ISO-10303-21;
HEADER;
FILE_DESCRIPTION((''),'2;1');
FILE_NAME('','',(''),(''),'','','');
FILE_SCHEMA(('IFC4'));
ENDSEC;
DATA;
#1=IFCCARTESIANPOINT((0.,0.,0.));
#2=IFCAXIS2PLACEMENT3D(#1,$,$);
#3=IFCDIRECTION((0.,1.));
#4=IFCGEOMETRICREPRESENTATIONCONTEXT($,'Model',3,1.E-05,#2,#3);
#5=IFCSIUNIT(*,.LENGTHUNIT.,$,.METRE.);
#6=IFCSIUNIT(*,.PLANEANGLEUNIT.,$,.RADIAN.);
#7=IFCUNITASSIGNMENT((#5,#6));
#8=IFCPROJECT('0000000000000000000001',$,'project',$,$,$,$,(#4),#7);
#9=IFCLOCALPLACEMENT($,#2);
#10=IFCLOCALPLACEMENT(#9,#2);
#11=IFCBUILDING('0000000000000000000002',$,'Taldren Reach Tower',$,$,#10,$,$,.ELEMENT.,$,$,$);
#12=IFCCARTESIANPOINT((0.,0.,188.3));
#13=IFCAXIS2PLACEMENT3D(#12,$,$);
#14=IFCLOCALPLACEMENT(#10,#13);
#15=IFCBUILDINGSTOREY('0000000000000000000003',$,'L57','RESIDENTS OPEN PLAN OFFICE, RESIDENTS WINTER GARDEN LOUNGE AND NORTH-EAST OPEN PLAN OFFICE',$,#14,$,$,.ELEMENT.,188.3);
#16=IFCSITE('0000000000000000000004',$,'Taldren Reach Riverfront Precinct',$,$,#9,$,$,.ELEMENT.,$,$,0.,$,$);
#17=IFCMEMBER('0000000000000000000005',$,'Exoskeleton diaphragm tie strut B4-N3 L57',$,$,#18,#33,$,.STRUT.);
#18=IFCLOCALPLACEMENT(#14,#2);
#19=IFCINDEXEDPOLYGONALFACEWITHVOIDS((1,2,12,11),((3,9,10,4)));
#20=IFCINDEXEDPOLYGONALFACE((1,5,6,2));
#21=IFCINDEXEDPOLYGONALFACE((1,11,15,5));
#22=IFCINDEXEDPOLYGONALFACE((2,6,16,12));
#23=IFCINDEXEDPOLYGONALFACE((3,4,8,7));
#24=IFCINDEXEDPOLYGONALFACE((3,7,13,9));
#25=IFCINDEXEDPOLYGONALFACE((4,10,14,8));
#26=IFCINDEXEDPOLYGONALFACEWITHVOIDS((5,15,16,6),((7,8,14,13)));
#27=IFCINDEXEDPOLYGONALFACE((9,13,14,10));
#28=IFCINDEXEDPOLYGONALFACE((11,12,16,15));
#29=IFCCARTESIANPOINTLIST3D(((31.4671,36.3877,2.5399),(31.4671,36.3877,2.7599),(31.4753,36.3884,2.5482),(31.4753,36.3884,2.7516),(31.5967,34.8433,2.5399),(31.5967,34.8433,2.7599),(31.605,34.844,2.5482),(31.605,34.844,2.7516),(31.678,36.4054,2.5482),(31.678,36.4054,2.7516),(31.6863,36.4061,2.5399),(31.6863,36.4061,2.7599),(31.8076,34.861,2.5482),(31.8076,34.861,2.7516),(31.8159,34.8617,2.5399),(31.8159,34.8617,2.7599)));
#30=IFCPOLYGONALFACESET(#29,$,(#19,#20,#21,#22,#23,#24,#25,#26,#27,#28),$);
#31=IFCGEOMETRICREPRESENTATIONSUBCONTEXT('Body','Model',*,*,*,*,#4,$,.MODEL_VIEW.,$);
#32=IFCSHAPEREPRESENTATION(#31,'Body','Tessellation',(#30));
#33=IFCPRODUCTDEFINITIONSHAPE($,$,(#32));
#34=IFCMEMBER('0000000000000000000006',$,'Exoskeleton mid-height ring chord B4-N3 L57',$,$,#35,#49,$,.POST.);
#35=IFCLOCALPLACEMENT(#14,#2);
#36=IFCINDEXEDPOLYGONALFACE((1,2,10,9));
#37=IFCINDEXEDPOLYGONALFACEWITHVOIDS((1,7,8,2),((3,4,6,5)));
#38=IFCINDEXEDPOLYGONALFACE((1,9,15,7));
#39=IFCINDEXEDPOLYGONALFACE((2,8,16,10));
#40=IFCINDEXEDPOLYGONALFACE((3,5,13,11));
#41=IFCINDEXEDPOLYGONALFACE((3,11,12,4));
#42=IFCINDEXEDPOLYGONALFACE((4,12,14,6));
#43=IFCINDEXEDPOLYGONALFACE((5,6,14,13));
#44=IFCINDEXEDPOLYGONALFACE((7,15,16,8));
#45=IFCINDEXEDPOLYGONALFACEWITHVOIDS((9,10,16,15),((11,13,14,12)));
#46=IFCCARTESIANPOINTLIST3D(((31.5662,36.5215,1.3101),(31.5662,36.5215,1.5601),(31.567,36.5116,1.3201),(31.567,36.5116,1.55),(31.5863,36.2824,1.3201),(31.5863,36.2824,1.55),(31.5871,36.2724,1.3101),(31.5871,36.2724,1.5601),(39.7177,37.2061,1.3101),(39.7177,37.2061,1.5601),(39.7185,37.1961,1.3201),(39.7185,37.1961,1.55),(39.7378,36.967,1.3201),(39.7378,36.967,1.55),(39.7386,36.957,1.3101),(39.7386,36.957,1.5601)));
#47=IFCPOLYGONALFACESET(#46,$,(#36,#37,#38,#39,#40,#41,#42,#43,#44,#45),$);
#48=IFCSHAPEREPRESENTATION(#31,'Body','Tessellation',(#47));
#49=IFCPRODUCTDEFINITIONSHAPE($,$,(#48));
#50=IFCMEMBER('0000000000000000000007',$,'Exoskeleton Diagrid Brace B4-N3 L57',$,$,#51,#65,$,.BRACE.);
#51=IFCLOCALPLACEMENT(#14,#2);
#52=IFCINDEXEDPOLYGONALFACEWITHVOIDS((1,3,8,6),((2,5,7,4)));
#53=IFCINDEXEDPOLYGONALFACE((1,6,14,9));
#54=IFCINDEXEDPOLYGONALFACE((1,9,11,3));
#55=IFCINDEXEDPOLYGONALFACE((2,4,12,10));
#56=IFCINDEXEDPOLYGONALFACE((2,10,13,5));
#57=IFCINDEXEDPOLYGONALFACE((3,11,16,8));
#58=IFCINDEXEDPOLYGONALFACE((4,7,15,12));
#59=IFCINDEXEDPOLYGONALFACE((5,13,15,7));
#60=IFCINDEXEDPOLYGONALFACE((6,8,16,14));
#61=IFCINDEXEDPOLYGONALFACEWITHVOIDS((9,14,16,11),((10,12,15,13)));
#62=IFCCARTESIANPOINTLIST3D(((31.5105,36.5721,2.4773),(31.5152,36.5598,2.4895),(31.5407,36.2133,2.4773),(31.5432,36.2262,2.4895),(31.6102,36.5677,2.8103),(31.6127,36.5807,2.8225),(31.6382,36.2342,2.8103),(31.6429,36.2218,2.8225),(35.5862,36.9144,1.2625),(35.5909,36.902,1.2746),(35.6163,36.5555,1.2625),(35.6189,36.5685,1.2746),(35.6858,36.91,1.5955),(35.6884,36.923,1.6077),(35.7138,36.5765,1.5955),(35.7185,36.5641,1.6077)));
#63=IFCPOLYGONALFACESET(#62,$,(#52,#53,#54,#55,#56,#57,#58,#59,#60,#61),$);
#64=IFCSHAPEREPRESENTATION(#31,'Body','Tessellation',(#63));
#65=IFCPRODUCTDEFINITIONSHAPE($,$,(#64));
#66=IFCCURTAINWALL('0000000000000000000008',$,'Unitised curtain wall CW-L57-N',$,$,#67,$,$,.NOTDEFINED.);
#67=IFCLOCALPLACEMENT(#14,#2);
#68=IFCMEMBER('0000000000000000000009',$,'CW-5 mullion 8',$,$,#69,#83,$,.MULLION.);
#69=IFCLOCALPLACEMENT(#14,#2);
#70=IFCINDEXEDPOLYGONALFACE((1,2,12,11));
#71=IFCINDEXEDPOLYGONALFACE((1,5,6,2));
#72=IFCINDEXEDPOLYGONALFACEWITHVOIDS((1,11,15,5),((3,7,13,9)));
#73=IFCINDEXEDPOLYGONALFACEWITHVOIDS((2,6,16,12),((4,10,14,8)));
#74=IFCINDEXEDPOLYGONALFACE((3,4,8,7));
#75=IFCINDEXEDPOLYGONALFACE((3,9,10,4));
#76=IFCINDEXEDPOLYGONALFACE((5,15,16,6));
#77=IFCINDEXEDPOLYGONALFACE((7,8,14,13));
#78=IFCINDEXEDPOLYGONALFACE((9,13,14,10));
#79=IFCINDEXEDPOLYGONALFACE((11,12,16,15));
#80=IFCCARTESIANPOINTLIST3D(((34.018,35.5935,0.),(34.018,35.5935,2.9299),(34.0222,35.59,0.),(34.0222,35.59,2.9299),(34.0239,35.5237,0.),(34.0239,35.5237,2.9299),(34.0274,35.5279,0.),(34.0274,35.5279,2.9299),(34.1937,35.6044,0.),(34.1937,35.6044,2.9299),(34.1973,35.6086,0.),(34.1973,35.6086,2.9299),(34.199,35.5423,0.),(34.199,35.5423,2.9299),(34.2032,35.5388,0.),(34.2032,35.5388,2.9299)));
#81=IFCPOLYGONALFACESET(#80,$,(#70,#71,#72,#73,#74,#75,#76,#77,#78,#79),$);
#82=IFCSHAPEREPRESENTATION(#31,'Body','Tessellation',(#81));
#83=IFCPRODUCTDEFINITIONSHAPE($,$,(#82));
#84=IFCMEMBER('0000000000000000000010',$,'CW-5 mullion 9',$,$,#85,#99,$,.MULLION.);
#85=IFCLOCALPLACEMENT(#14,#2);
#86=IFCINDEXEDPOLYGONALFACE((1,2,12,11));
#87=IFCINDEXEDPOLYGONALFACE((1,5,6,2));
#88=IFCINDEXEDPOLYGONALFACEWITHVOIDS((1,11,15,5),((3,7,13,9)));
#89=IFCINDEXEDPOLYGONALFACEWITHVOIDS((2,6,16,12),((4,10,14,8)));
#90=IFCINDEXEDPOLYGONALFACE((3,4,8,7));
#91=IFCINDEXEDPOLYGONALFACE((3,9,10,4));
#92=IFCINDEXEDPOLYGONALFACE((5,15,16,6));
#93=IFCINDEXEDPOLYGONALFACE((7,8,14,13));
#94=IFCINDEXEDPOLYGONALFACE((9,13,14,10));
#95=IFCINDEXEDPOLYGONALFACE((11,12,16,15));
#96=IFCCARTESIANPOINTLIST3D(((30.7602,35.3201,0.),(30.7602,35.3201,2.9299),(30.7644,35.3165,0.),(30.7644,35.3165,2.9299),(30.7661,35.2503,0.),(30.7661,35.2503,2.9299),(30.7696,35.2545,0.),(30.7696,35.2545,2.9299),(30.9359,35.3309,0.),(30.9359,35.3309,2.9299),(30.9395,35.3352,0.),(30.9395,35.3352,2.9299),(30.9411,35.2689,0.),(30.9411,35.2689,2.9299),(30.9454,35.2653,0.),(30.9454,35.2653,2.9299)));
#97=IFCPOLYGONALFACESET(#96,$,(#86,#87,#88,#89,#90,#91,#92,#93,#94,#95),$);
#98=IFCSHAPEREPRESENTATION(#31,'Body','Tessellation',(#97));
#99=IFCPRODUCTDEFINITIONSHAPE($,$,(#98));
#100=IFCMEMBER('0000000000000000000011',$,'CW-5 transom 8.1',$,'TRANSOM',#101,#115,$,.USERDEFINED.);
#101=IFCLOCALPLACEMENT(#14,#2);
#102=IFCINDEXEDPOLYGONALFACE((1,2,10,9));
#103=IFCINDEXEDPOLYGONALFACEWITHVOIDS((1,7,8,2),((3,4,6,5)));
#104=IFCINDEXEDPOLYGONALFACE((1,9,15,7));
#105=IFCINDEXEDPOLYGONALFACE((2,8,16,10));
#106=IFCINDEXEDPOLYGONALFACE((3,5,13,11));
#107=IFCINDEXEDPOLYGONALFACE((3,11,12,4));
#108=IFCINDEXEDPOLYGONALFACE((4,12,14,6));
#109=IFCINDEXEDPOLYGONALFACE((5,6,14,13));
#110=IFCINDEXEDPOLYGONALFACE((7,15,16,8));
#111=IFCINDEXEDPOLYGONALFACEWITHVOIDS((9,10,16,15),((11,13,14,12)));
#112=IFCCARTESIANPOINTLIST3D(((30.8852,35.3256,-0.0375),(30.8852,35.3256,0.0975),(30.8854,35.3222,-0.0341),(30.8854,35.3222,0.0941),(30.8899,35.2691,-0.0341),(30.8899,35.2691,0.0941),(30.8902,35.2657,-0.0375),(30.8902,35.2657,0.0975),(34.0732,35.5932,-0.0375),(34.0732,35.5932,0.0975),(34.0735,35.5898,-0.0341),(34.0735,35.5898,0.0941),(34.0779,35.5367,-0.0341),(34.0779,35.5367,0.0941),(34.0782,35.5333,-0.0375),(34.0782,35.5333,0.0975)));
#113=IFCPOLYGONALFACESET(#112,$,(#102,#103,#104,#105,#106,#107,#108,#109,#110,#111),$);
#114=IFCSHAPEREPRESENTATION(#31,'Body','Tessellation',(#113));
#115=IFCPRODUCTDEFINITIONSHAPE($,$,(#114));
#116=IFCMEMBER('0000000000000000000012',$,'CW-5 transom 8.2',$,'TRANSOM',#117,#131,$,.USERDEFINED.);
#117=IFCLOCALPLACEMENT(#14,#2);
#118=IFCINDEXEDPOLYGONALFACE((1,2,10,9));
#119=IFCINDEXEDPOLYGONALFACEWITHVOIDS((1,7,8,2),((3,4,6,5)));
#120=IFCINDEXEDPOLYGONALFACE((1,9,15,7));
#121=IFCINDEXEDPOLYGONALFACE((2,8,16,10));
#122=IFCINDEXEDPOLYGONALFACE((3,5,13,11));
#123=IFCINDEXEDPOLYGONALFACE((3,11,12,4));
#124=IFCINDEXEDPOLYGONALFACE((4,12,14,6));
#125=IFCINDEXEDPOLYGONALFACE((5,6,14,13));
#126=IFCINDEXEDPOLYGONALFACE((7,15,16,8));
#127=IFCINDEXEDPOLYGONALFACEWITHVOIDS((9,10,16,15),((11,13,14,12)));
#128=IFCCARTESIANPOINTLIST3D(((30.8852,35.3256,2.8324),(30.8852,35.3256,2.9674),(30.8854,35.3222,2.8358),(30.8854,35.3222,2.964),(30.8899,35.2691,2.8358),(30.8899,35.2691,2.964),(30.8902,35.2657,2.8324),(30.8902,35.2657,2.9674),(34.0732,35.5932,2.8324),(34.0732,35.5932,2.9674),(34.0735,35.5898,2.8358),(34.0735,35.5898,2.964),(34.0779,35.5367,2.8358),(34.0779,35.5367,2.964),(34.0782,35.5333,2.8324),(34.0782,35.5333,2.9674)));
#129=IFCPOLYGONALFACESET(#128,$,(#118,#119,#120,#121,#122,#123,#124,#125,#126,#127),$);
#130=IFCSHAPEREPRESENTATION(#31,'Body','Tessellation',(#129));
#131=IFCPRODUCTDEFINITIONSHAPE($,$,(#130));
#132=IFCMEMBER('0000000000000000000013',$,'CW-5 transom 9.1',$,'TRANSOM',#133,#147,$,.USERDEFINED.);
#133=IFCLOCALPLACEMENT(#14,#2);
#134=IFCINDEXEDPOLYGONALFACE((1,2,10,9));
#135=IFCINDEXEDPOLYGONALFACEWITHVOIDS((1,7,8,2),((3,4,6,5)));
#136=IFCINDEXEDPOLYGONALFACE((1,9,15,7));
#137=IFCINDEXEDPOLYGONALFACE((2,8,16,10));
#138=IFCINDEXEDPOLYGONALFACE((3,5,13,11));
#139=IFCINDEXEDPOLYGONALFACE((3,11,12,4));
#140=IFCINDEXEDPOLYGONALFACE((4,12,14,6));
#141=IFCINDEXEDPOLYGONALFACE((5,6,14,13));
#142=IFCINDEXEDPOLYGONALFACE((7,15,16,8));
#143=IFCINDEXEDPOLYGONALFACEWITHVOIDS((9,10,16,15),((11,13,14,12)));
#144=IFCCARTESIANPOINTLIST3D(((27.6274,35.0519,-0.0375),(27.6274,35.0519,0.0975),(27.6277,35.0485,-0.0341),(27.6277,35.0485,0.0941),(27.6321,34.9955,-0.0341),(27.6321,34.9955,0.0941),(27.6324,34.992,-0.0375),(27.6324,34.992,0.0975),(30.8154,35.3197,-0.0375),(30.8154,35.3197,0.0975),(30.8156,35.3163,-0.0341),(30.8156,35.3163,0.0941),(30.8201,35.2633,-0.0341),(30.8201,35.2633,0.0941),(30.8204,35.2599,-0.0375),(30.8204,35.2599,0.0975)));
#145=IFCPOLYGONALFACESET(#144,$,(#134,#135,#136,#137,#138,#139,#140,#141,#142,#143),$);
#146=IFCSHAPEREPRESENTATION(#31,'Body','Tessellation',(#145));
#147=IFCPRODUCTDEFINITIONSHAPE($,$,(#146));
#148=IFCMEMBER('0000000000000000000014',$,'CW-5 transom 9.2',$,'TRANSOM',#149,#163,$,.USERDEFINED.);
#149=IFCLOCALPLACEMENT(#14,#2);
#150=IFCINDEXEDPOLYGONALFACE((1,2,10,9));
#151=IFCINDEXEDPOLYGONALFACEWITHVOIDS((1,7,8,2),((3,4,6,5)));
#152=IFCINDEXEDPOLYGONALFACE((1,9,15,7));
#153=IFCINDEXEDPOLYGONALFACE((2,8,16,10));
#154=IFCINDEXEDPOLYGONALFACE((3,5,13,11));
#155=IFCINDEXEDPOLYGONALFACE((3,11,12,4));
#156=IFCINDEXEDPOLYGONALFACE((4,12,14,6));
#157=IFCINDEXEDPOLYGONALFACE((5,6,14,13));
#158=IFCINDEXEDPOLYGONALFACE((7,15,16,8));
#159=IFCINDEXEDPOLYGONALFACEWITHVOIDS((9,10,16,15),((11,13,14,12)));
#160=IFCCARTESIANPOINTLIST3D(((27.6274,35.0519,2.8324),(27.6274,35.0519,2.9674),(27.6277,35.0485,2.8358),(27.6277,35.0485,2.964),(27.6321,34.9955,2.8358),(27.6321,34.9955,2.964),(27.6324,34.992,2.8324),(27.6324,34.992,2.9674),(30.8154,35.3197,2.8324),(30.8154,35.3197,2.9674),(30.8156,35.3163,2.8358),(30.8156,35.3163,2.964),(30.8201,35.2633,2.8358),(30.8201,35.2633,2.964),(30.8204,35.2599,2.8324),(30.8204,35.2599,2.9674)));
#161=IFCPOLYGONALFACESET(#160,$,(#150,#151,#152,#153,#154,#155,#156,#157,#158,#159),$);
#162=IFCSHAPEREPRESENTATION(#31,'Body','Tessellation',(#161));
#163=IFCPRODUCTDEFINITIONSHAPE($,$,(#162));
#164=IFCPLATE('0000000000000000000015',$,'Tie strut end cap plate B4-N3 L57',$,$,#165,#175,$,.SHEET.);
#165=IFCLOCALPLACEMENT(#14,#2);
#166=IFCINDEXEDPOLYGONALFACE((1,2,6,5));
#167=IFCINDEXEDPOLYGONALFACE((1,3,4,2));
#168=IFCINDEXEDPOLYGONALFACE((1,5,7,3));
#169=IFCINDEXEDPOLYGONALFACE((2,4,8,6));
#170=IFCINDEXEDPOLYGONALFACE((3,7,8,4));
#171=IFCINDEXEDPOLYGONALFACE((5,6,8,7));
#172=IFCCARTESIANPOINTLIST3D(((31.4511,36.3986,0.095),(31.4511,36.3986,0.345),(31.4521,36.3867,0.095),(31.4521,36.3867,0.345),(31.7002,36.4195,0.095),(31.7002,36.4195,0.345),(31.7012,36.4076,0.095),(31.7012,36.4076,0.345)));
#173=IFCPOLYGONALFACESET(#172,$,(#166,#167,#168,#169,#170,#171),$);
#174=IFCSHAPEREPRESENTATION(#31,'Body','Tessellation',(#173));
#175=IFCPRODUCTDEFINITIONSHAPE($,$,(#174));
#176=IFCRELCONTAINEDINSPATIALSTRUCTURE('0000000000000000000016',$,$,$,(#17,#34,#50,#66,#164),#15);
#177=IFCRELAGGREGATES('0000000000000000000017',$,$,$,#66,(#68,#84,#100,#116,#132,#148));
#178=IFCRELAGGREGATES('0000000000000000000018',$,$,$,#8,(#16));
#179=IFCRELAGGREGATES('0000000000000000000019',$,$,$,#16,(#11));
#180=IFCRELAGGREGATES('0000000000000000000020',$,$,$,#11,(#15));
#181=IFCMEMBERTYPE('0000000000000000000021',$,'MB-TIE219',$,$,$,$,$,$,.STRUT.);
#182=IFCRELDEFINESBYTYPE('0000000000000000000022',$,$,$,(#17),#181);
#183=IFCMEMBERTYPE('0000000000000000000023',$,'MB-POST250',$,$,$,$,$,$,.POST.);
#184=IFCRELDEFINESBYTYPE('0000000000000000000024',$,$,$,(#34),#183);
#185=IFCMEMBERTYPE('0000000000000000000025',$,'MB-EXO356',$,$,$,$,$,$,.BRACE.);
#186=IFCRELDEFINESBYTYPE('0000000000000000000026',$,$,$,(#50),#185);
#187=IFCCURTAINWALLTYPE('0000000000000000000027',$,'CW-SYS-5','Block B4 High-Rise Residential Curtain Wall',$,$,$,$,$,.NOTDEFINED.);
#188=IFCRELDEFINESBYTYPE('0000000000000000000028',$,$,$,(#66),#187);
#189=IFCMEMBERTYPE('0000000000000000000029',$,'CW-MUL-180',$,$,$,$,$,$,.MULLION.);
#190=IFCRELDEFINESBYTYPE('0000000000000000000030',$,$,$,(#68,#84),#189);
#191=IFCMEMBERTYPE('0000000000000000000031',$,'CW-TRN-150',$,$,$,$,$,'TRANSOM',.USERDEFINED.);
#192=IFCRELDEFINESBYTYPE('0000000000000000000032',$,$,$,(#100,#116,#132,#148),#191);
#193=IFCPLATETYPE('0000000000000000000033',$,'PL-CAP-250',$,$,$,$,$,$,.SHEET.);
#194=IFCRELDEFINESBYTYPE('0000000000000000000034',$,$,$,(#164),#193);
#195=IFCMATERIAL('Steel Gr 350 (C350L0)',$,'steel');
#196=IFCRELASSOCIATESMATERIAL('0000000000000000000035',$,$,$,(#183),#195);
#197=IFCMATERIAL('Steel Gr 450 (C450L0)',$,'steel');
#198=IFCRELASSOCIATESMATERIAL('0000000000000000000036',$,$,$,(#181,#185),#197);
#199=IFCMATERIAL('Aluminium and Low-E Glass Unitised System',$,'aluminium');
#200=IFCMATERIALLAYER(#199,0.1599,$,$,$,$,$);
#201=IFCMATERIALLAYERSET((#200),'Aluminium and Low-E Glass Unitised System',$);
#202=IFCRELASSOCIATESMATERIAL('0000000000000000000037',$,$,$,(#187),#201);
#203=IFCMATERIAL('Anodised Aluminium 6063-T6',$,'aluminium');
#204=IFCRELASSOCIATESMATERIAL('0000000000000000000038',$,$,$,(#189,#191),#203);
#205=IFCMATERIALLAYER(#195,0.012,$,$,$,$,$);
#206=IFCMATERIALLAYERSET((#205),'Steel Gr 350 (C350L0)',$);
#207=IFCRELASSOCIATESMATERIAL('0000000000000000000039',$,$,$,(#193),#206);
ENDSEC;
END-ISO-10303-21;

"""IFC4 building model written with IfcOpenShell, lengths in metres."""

from ifc_helpers import new_model, si_unit, direction, frame, origin, origin_2d, place, context, subcontext, project, spatial, rectangle, hollow_rectangle, extrude, source, transform, mapped, material, layer, layer_set, material_profile, profile_set, type_object, element, aggregate, save


model = new_model("IFC4")

# Units and contexts
model_context = context("Model", 3, precision=1e-05, world=origin(), true_north=direction((0.0, 1.0)))
body_context = subcontext(model_context, "Body", "Model", "MODEL_VIEW")
ifc_project = project(units=[si_unit("LENGTHUNIT", "METRE"), si_unit("PLANEANGLEUNIT", "RADIAN")], contexts=[model_context])

# Site, building, storey
site_placement = place(None, origin())
site = spatial("IfcSite", under=ifc_project, at=site_placement, Name="Taldren Reach Riverfront Precinct", CompositionType="ELEMENT", RefElevation=0.0)
building_placement = place(site_placement, origin())
building = spatial("IfcBuilding", under=site, at=building_placement, Name="Taldren Reach Tower", CompositionType="ELEMENT")
storey_placement = place(building_placement, frame((0.0, 0.0, 188.3)))
storey = spatial("IfcBuildingStorey", under=building, at=storey_placement, Name="L57", Description="RESIDENTS OPEN PLAN OFFICE, RESIDENTS WINTER GARDEN LOUNGE AND NORTH-EAST OPEN PLAN OFFICE", CompositionType="ELEMENT", Elevation=188.3)

# Shared definitions
ifc_material_1 = material(Name="Steel Gr 450 (C450L0)", Category="steel")

# Shared definitions
ifc_material_2 = material(Name="Steel Gr 350 (C350L0)", Category="steel")
ifc_material_profile_1 = material_profile(ifc_material_2, hollow_rectangle(XDim=0.25, YDim=0.25, WallThickness=0.01, at=origin_2d()), Name="250x250x10.0SHS")
ifc_profile_set_1 = profile_set([ifc_material_profile_1], Name="Steel Gr 350 (C350L0)")
member_type_1 = type_object("IfcMemberType", Name="MB-POST250", PredefinedType="POST", material=ifc_profile_set_1)

# Members
ifc_material_profile_2 = material_profile(ifc_material_1, hollow_rectangle(XDim=0.22, YDim=0.22, WallThickness=0.0083, at=origin_2d()), Name="220x220x8.2SHS")
ifc_profile_set_2 = profile_set([ifc_material_profile_2], Name="Steel Gr 450 (C450L0)")
member_type_2 = type_object("IfcMemberType", Name="MB-TIE219", PredefinedType="STRUT", material=ifc_profile_set_2)
shared_shape_1 = source(origin(), body_context, "Body", "SweptSolid", [
    extrude(hollow_rectangle(XDim=0.22, YDim=0.22, WallThickness=0.0083, at=origin_2d()), origin(), (0.0, 0.0, 1.0), 1.5498),
])
member_1_placement = place(storey_placement, frame((31.7063, 34.8525, 2.6499), z_axis=(-0.083645, 0.996496, 0.0), x_axis=(-0.996496, -0.083645, 0.0)))
element("IfcMember", 1, at=member_1_placement, inside=storey, type_object=member_type_2, Name="Exoskeleton diaphragm tie strut B4-N3 L57", PredefinedType="STRUT", context=body_context, shape_type="MappedRepresentation", body=[
    mapped(shared_shape_1, transform((0.0, 0.0, 0.0), scale=1.0)),
])
shared_shape_2 = source(origin(), body_context, "Body", "SweptSolid", [
    extrude(hollow_rectangle(XDim=0.25, YDim=0.25, WallThickness=0.01, at=origin_2d()), origin(), (0.0, 0.0, 1.0), 8.1802),
])
member_2_placement = place(storey_placement, frame((31.5767, 36.397, 1.4351), z_axis=(0.996492, 0.083688, 0.0), x_axis=(-0.083688, 0.996492, 0.0)))
element("IfcMember", 2, at=member_2_placement, inside=storey, type_object=member_type_1, Name="Exoskeleton mid-height ring chord B4-N3 L57", PredefinedType="POST", context=body_context, shape_type="MappedRepresentation", body=[
    mapped(shared_shape_2, transform((0.0, 0.0, 0.0), scale=1.0)),
])
ifc_material_profile_3 = material_profile(ifc_material_1, hollow_rectangle(XDim=0.3601, YDim=0.3601, WallThickness=0.0127, at=origin_2d()), Name="360x360x12.7SHS")
ifc_profile_set_3 = profile_set([ifc_material_profile_3], Name="Steel Gr 450 (C450L0)")
member_type_3 = type_object("IfcMemberType", Name="MB-EXO356", PredefinedType="BRACE", material=ifc_profile_set_3)
shared_shape_3 = source(origin(), body_context, "Body", "SweptSolid", [
    extrude(hollow_rectangle(XDim=0.3601, YDim=0.3601, WallThickness=0.0127, at=origin_2d()), origin(), (0.0, 0.0, 1.0), 4.2666),
])
member_3_placement = place(storey_placement, frame((35.6523, 36.7393, 1.4351), z_axis=(-0.955245, -0.080224, 0.284731), x_axis=(0.083688, -0.996492, 0.0)))
element("IfcMember", 3, at=member_3_placement, inside=storey, type_object=member_type_3, Name="Exoskeleton Diagrid Brace B4-N3 L57", PredefinedType="BRACE", context=body_context, shape_type="MappedRepresentation", body=[
    mapped(shared_shape_3, transform((0.0, 0.0, 0.0), scale=1.0)),
])

# Curtain wall, members
ifc_material_3 = material(Name="Aluminium and Low-E Glass Unitised System", Category="aluminium")
ifc_layer_1 = layer(ifc_material_3, 0.1599)
ifc_layer_set_1 = layer_set([ifc_layer_1], Name="Aluminium and Low-E Glass Unitised System")
curtain_wall_type = type_object("IfcCurtainWallType", Name="CW-SYS-5", Description="Block B4 High-Rise Residential Curtain Wall", PredefinedType="NOTDEFINED", material=ifc_layer_set_1)
curtain_wall_placement = place(storey_placement, origin())
curtain_wall = element("IfcCurtainWall", 4, at=curtain_wall_placement, inside=storey, type_object=curtain_wall_type, Name="Unitised curtain wall CW-L57-N", PredefinedType="NOTDEFINED")
ifc_material_4 = material(Name="Anodised Aluminium 6063-T6", Category="aluminium")
ifc_material_profile_4 = material_profile(ifc_material_4, hollow_rectangle(XDim=0.0701, YDim=0.1799, WallThickness=0.0039, at=origin_2d()), Name="ALU-180x70x4RHS")
ifc_profile_set_4 = profile_set([ifc_material_profile_4], Name="Anodised Aluminium 6063-T6")
member_type_4 = type_object("IfcMemberType", Name="CW-MUL-180", PredefinedType="MULLION", material=ifc_profile_set_4)
shared_shape_4 = source(origin(), body_context, "Body", "SweptSolid", [
    extrude(hollow_rectangle(XDim=0.0701, YDim=0.1799, WallThickness=0.0039, at=origin_2d()), origin(), (0.0, 0.0, 1.0), 2.9299),
])
member_4_placement = place(storey_placement, frame((34.1106, 35.5662, 0.0), z_axis=(0.0, 0.0, 1.0), x_axis=(0.083678, -0.996493, 0.0)))
member_4 = element("IfcMember", 5, at=member_4_placement, type_object=member_type_4, Name="CW-5 mullion 8", PredefinedType="MULLION", context=body_context, shape_type="MappedRepresentation", body=[
    mapped(shared_shape_4, transform((0.0, 0.0, 0.0), scale=1.0)),
])
member_5_placement = place(storey_placement, frame((30.8528, 35.2927, 0.0), z_axis=(0.0, 0.0, 1.0), x_axis=(0.083678, -0.996493, 0.0)))
member_5 = element("IfcMember", 6, at=member_5_placement, type_object=member_type_4, Name="CW-5 mullion 9", PredefinedType="MULLION", context=body_context, shape_type="MappedRepresentation", body=[
    mapped(shared_shape_4, transform((0.0, 0.0, 0.0), scale=1.0)),
])
ifc_material_profile_5 = material_profile(ifc_material_4, hollow_rectangle(XDim=0.0601, YDim=0.135, WallThickness=0.0034, at=origin_2d()), Name="ALU-135x60x3.5RHS")
ifc_profile_set_5 = profile_set([ifc_material_profile_5], Name="Anodised Aluminium 6063-T6")
member_type_5 = type_object("IfcMemberType", Name="CW-TRN-150", ElementType="TRANSOM", PredefinedType="USERDEFINED", material=ifc_profile_set_5)
shared_shape_5 = source(origin(), body_context, "Body", "SweptSolid", [
    extrude(hollow_rectangle(XDim=0.0601, YDim=0.135, WallThickness=0.0034, at=origin_2d()), origin(), (0.0, 0.0, 1.0), 3.1992),
])
member_6_placement = place(storey_placement, frame((34.0757, 35.5632, 0.03), z_axis=(-0.996496, -0.083639, 0.0), x_axis=(0.083639, -0.996496, 0.0)))
member_6 = element("IfcMember", 7, at=member_6_placement, type_object=member_type_5, Name="CW-5 transom 8.1", ObjectType="TRANSOM", PredefinedType="USERDEFINED", context=body_context, shape_type="MappedRepresentation", body=[
    mapped(shared_shape_5, transform((0.0, 0.0, 0.0), scale=1.0)),
])
member_7_placement = place(storey_placement, frame((34.0757, 35.5632, 2.8999), z_axis=(-0.996496, -0.083639, 0.0), x_axis=(0.083639, -0.996496, 0.0)))
member_7 = element("IfcMember", 8, at=member_7_placement, type_object=member_type_5, Name="CW-5 transom 8.2", ObjectType="TRANSOM", PredefinedType="USERDEFINED", context=body_context, shape_type="MappedRepresentation", body=[
    mapped(shared_shape_5, transform((0.0, 0.0, 0.0), scale=1.0)),
])
member_8_placement = place(storey_placement, frame((30.8179, 35.2898, 0.03), z_axis=(-0.99649, -0.083715, 0.0), x_axis=(0.083715, -0.99649, 0.0)))
member_8 = element("IfcMember", 9, at=member_8_placement, type_object=member_type_5, Name="CW-5 transom 9.1", ObjectType="TRANSOM", PredefinedType="USERDEFINED", context=body_context, shape_type="MappedRepresentation", body=[
    mapped(shared_shape_5, transform((0.0, 0.0, 0.0), scale=1.0)),
])
member_9_placement = place(storey_placement, frame((30.8179, 35.2898, 2.8999), z_axis=(-0.99649, -0.083715, 0.0), x_axis=(0.083715, -0.99649, 0.0)))
member_9 = element("IfcMember", 10, at=member_9_placement, type_object=member_type_5, Name="CW-5 transom 9.2", ObjectType="TRANSOM", PredefinedType="USERDEFINED", context=body_context, shape_type="MappedRepresentation", body=[
    mapped(shared_shape_5, transform((0.0, 0.0, 0.0), scale=1.0)),
])

# Plate
ifc_layer_2 = layer(ifc_material_2, 0.012)
ifc_layer_set_2 = layer_set([ifc_layer_2], Name="Steel Gr 350 (C350L0)")
plate_type_1 = type_object("IfcPlateType", Name="PL-CAP-250", PredefinedType="SHEET", material=ifc_layer_set_2)
shared_shape_6 = source(origin(), body_context, "Body", "SweptSolid", [
    extrude(rectangle(XDim=0.25, YDim=0.012, at=origin_2d()), origin(), (0.0, 0.0, 1.0), 0.25),
])
plate_1_placement = place(storey_placement, frame((31.5762, 36.4031, 0.095), z_axis=(0.0, 0.0, 1.0), x_axis=(0.996493, 0.083678, 0.0)))
element("IfcPlate", 11, at=plate_1_placement, inside=storey, type_object=plate_type_1, Name="Tie strut end cap plate B4-N3 L57", PredefinedType="SHEET", context=body_context, shape_type="MappedRepresentation", body=[
    mapped(shared_shape_6, transform((0.0, 0.0, 0.0), scale=1.0)),
])
aggregate(curtain_wall, [member_4, member_5, member_6, member_7, member_8, member_9])

save(model, "model.ifc")
